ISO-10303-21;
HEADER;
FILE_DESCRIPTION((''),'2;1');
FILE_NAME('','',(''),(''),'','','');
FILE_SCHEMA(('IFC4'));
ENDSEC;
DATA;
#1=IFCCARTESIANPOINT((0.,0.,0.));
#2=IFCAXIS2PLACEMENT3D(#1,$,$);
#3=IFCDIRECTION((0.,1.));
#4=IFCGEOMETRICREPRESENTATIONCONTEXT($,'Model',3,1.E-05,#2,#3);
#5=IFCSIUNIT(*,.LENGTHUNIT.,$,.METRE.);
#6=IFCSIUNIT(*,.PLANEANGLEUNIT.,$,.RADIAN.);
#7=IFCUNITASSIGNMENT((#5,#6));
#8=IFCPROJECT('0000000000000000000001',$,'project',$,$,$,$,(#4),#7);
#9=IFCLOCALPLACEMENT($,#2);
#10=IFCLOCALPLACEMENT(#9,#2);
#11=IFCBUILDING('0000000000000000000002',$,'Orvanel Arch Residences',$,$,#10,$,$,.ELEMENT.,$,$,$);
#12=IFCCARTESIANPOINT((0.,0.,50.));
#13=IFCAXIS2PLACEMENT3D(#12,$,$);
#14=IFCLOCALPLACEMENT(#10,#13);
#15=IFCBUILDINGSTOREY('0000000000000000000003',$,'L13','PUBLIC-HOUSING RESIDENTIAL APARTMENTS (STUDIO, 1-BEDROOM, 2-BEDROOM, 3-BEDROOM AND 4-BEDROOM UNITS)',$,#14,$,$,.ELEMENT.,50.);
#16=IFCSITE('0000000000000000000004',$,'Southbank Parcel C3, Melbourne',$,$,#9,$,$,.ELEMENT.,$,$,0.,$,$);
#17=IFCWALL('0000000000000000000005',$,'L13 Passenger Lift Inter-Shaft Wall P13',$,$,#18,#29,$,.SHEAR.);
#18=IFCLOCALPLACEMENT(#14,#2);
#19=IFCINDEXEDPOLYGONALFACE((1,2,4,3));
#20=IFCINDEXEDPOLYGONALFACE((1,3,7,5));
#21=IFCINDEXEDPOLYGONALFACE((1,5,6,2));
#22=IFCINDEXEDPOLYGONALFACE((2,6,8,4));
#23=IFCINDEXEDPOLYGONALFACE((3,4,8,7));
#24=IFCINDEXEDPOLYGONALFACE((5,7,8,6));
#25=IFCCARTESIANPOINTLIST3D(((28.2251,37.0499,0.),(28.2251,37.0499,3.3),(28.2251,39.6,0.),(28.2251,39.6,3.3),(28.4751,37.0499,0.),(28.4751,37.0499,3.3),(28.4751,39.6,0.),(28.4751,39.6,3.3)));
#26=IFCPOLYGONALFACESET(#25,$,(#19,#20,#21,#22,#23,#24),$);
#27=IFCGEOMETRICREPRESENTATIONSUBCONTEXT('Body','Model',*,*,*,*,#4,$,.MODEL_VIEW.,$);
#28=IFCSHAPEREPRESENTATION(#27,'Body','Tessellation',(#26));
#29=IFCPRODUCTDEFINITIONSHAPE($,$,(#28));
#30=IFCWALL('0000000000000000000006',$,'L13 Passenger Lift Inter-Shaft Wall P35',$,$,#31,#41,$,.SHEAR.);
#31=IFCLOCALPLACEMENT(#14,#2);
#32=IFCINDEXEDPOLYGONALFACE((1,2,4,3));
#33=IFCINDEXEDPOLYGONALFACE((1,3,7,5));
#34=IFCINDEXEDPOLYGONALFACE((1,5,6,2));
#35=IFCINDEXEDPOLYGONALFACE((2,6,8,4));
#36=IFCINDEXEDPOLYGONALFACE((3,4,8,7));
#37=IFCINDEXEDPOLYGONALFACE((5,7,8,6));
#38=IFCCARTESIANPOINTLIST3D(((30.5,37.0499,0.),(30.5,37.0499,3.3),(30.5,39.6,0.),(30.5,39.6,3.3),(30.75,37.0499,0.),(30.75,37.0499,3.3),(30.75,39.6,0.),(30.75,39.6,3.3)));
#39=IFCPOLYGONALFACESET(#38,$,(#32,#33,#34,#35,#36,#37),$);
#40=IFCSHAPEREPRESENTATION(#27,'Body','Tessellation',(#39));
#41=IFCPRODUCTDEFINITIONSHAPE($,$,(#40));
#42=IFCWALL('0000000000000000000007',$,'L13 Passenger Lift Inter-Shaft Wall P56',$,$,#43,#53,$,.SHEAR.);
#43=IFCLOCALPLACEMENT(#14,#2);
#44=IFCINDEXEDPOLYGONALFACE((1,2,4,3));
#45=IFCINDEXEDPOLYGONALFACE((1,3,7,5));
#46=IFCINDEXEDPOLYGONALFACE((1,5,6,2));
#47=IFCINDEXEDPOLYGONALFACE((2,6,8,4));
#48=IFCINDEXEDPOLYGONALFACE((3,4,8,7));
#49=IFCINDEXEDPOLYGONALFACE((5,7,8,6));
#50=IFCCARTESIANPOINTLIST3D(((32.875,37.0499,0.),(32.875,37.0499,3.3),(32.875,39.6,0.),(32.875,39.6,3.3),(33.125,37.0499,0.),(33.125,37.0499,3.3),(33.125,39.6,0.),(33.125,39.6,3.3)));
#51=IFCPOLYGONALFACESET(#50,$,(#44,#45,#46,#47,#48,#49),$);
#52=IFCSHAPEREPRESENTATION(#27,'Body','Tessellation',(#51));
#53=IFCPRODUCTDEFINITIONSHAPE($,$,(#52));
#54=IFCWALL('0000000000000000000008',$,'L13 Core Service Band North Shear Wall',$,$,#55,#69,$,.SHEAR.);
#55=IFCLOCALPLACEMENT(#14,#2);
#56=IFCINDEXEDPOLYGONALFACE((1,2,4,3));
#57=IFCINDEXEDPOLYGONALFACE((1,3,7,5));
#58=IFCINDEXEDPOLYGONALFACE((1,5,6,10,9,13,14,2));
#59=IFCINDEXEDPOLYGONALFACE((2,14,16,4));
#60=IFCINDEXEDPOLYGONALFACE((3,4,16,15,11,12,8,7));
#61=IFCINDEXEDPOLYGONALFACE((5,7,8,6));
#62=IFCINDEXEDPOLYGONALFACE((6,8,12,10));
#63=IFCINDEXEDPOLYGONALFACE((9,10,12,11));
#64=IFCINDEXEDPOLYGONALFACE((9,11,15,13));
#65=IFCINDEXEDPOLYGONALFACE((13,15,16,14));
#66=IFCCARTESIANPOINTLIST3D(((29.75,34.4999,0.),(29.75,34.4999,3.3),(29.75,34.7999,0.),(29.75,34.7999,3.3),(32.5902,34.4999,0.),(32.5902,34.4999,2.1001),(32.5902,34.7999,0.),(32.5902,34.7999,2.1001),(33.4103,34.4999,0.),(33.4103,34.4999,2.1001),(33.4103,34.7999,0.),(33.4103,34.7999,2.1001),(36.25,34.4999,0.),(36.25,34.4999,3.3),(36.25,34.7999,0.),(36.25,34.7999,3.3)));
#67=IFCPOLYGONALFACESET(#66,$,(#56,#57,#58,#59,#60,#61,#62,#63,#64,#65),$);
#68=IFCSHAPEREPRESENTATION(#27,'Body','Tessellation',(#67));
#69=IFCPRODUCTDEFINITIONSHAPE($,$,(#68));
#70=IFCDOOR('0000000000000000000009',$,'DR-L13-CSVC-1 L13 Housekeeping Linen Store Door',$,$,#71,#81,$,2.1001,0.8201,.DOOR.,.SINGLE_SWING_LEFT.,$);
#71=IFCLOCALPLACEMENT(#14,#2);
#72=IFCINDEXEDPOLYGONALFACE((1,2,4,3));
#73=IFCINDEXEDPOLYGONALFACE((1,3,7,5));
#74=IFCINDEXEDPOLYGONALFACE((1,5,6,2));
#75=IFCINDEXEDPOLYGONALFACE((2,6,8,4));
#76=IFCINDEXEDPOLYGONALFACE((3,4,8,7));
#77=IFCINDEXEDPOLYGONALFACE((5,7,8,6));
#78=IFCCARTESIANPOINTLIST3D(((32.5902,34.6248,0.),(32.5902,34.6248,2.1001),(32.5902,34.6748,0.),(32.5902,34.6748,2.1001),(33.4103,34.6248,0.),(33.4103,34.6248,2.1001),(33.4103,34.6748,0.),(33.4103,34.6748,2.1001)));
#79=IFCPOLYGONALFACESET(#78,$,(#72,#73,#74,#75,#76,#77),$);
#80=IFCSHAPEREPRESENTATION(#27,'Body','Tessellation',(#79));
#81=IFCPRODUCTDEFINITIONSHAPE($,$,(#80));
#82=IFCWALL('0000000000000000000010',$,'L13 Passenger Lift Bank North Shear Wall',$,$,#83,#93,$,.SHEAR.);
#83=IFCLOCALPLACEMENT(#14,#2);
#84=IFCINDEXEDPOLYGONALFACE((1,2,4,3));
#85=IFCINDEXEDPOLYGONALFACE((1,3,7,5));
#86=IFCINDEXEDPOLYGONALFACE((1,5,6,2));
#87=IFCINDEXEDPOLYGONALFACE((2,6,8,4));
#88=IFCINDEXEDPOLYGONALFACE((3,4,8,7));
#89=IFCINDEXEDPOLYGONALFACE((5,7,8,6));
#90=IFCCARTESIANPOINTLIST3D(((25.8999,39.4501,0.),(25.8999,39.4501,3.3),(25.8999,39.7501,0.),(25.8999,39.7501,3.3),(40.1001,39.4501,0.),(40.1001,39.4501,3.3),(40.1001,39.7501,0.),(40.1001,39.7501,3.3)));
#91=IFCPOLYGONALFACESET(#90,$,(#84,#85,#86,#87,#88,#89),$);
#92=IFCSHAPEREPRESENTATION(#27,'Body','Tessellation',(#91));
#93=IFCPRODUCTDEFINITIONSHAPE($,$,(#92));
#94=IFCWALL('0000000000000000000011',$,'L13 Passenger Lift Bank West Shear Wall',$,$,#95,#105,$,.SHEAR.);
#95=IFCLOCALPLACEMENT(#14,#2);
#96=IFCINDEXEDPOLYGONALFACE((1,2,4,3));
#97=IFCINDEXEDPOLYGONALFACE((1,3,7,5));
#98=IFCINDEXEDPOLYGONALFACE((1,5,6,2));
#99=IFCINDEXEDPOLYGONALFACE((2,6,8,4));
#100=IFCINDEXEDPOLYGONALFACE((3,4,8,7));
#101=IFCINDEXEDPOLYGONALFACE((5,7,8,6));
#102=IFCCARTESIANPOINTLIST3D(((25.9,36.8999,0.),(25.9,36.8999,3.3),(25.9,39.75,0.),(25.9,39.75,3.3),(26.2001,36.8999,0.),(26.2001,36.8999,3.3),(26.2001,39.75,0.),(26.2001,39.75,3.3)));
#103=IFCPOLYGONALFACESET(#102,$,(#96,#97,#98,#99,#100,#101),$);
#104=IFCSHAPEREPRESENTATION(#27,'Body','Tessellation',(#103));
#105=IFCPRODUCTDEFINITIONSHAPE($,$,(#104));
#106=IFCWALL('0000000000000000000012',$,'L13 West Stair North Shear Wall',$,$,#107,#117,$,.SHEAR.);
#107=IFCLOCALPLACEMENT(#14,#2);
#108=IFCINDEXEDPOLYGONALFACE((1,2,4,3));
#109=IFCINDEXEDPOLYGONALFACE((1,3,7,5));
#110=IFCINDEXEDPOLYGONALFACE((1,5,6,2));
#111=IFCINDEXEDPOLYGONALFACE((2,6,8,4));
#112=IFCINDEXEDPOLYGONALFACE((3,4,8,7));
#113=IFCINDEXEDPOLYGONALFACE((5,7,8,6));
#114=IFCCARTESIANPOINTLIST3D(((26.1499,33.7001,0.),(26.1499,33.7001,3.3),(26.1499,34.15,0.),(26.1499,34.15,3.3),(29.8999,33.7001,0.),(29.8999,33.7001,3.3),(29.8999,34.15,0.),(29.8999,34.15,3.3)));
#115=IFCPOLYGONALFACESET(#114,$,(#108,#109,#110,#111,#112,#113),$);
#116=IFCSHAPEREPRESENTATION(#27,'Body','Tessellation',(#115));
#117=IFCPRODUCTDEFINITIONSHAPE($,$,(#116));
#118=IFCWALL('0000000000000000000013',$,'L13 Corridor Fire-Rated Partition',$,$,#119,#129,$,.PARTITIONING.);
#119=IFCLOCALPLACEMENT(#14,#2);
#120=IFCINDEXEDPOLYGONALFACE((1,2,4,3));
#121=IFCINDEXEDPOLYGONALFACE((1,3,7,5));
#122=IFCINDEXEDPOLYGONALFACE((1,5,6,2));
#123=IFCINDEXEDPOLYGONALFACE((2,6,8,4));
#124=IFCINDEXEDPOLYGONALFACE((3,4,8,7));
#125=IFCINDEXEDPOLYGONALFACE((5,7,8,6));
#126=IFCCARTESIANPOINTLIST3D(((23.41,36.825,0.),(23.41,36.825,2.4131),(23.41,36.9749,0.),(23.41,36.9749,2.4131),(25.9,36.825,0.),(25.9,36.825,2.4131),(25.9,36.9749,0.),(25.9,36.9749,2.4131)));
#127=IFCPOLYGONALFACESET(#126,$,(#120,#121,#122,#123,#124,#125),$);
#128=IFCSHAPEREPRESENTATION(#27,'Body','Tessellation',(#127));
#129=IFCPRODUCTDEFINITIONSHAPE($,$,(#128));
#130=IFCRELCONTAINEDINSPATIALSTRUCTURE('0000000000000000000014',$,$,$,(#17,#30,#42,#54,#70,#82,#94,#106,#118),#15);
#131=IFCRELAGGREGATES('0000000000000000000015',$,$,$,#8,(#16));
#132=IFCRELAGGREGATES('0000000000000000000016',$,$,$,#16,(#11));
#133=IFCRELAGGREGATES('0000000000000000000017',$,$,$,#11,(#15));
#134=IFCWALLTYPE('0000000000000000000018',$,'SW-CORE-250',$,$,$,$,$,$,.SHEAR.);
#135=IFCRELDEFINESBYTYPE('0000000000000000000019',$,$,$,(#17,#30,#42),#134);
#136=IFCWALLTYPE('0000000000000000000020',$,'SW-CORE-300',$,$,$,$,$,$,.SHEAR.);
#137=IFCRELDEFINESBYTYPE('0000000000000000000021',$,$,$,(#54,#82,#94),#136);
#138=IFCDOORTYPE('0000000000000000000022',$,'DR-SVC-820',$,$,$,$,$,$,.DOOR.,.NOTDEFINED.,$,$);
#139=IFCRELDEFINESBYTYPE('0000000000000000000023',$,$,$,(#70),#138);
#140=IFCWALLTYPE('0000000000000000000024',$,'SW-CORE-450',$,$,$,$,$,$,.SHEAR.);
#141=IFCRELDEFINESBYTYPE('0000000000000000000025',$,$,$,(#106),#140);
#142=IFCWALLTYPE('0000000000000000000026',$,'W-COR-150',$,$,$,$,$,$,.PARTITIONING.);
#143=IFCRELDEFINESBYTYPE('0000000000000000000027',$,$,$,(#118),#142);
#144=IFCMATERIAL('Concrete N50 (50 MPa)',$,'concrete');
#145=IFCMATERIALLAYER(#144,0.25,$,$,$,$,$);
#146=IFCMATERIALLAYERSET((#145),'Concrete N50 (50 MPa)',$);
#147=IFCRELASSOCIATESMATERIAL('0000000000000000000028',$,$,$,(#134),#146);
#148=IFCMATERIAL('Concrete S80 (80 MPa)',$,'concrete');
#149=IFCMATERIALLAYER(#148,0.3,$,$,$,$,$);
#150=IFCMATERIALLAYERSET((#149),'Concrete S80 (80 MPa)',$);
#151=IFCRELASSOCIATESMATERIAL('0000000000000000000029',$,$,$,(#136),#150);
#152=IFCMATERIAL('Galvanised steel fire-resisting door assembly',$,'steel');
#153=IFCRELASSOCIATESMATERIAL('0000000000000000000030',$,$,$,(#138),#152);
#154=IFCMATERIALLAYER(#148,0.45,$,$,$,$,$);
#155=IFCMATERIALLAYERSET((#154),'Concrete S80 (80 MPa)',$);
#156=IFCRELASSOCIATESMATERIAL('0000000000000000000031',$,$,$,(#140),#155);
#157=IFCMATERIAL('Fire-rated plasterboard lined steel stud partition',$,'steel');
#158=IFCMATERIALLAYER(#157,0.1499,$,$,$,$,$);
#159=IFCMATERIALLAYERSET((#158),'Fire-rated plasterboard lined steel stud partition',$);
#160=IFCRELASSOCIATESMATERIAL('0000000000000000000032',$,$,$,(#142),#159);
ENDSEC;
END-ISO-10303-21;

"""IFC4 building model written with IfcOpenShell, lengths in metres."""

from ifc_helpers import new_model, si_unit, direction, frame, frame_2d, origin, place, context, subcontext, project, spatial, rectangle, extrude, material, layer, layer_set, type_object, element, fill, save


model = new_model("IFC4")

# Units and contexts
model_context = context("Model", 3, precision=1e-05, world=origin(), true_north=direction((0.0, 1.0)))
body_context = subcontext(model_context, "Body", "Model", "MODEL_VIEW")
ifc_project = project(units=[si_unit("LENGTHUNIT", "METRE"), si_unit("PLANEANGLEUNIT", "RADIAN")], contexts=[model_context])

# Site, building, storey
site_placement = place(None, origin())
site = spatial("IfcSite", under=ifc_project, at=site_placement, Name="Southbank Parcel C3, Melbourne", CompositionType="ELEMENT", RefElevation=0.0)
building_placement = place(site_placement, origin())
building = spatial("IfcBuilding", under=site, at=building_placement, Name="Orvanel Arch Residences", CompositionType="ELEMENT")
storey_placement = place(building_placement, frame((0.0, 0.0, 50.0)))
storey = spatial("IfcBuildingStorey", under=building, at=storey_placement, Name="L13", Description="PUBLIC-HOUSING RESIDENTIAL APARTMENTS (STUDIO, 1-BEDROOM, 2-BEDROOM, 3-BEDROOM AND 4-BEDROOM UNITS)", CompositionType="ELEMENT", Elevation=50.0)

# Walls
ifc_material_1 = material(Name="Concrete N50 (50 MPa)", Category="concrete")
ifc_layer_1 = layer(ifc_material_1, 0.25)
ifc_layer_set_1 = layer_set([ifc_layer_1], Name="Concrete N50 (50 MPa)")
wall_type_1 = type_object("IfcWallType", Name="SW-CORE-250", PredefinedType="SHEAR", material=ifc_layer_set_1)
for number, where, z_axis, x_axis, name in (
    (1, (28.3501, 37.05, 0.0), (0.0, 0.0, 1.0), (0.0, 1.0, 0.0), "L13 Passenger Lift Inter-Shaft Wall P13"),
    (2, (30.625, 37.05, 0.0), (0.0, 0.0, 1.0), (0.0, 1.0, 0.0), "L13 Passenger Lift Inter-Shaft Wall P35"),
    (3, (33.0, 37.05, 0.0), (0.0, 0.0, 1.0), (0.0, 1.0, 0.0), "L13 Passenger Lift Inter-Shaft Wall P56"),
):
    element("IfcWall", number, at=place(storey_placement, frame(where, z_axis=z_axis, x_axis=x_axis)), inside=storey, type_object=wall_type_1, Name=name, PredefinedType="SHEAR", context=body_context, shape_type="SweptSolid", body=[
        extrude(rectangle(XDim=2.55, YDim=0.25, at=frame_2d((1.2749, 0.0))), origin(), (0.0, 0.0, 1.0), 3.3),
    ])

# Wall, opening, door
ifc_material_2 = material(Name="Concrete S80 (80 MPa)", Category="concrete")
ifc_layer_2 = layer(ifc_material_2, 0.3)
ifc_layer_set_2 = layer_set([ifc_layer_2], Name="Concrete S80 (80 MPa)")
wall_type_2 = type_object("IfcWallType", Name="SW-CORE-300", PredefinedType="SHEAR", material=ifc_layer_set_2)
wall_1_placement = place(storey_placement, frame((29.75, 34.6499, 0.0), z_axis=(0.0, 0.0, 1.0), x_axis=(1.0, 0.0, 0.0)))
wall_1 = element("IfcWall", 4, at=wall_1_placement, inside=storey, type_object=wall_type_2, Name="L13 Core Service Band North Shear Wall", PredefinedType="SHEAR", context=body_context, shape_type="SweptSolid", body=[
    extrude(rectangle(XDim=6.5, YDim=0.3, at=frame_2d((3.25, 0.0))), origin(), (0.0, 0.0, 1.0), 3.3),
])
opening_1_placement = place(wall_1_placement, frame((2.8401, 0.0, 0.0)))
opening_1 = element("IfcOpeningElement", 5, at=opening_1_placement, cuts=wall_1, PredefinedType="OPENING", context=body_context, shape_type="SweptSolid", body=[
    extrude(rectangle(XDim=0.8201, YDim=2.1001, at=frame_2d((0.4102, 1.05))), frame((0.0, 0.1599, 0.0), z_axis=(0.0, -1.0, 0.0), x_axis=(1.0, 0.0, 0.0)), (0.0, 0.0, 1.0), 0.3201),
])
ifc_material_3 = material(Name="Galvanised steel fire-resisting door assembly", Category="steel")
door_type_1 = type_object("IfcDoorType", Name="DR-SVC-820", OperationType="NOTDEFINED", PredefinedType="DOOR", material=ifc_material_3)
door_1_placement = place(opening_1_placement, origin())
door_1 = element("IfcDoor", 6, at=door_1_placement, inside=storey, type_object=door_type_1, Name="DR-L13-CSVC-1 L13 Housekeeping Linen Store Door", OperationType="SINGLE_SWING_LEFT", OverallHeight=2.1001, OverallWidth=0.8201, PredefinedType="DOOR", context=body_context, shape_type="SweptSolid", body=[
    extrude(rectangle(XDim=0.8201, YDim=2.1001, at=frame_2d((0.4102, 1.05))), frame((0.0, 0.0249, 0.0), z_axis=(0.0, -1.0, 0.0), x_axis=(1.0, 0.0, 0.0)), (0.0, 0.0, 1.0), 0.05),
])
fill(opening_1, door_1)

# Walls
wall_2_placement = place(storey_placement, frame((25.8999, 39.6001, 0.0), z_axis=(0.0, 0.0, 1.0), x_axis=(1.0, 0.0, 0.0)))
element("IfcWall", 7, at=wall_2_placement, inside=storey, type_object=wall_type_2, Name="L13 Passenger Lift Bank North Shear Wall", PredefinedType="SHEAR", context=body_context, shape_type="SweptSolid", body=[
    extrude(rectangle(XDim=14.2002, YDim=0.3, at=frame_2d((7.1001, 0.0))), origin(), (0.0, 0.0, 1.0), 3.3),
])
wall_3_placement = place(storey_placement, frame((26.05, 36.8999, 0.0), z_axis=(0.0, 0.0, 1.0), x_axis=(0.0, 1.0, 0.0)))
element("IfcWall", 8, at=wall_3_placement, inside=storey, type_object=wall_type_2, Name="L13 Passenger Lift Bank West Shear Wall", PredefinedType="SHEAR", context=body_context, shape_type="SweptSolid", body=[
    extrude(rectangle(XDim=2.8501, YDim=0.3, at=frame_2d((1.425, 0.0))), origin(), (0.0, 0.0, 1.0), 3.3),
])
ifc_layer_3 = layer(ifc_material_2, 0.45)
ifc_layer_set_3 = layer_set([ifc_layer_3], Name="Concrete S80 (80 MPa)")
wall_type_3 = type_object("IfcWallType", Name="SW-CORE-450", PredefinedType="SHEAR", material=ifc_layer_set_3)
wall_4_placement = place(storey_placement, frame((26.1499, 33.925, 0.0), z_axis=(0.0, 0.0, 1.0), x_axis=(1.0, 0.0, 0.0)))
element("IfcWall", 9, at=wall_4_placement, inside=storey, type_object=wall_type_3, Name="L13 West Stair North Shear Wall", PredefinedType="SHEAR", context=body_context, shape_type="SweptSolid", body=[
    extrude(rectangle(XDim=3.75, YDim=0.45, at=frame_2d((1.875, 0.0))), origin(), (0.0, 0.0, 1.0), 3.3),
])
ifc_material_4 = material(Name="Fire-rated plasterboard lined steel stud partition", Category="steel")
ifc_layer_4 = layer(ifc_material_4, 0.1499)
ifc_layer_set_4 = layer_set([ifc_layer_4], Name="Fire-rated plasterboard lined steel stud partition")
wall_type_4 = type_object("IfcWallType", Name="W-COR-150", PredefinedType="PARTITIONING", material=ifc_layer_set_4)
wall_5_placement = place(storey_placement, frame((23.4099, 36.8999, 0.0), z_axis=(0.0, 0.0, 1.0), x_axis=(1.0, 0.0, 0.0)))
element("IfcWall", 10, at=wall_5_placement, inside=storey, type_object=wall_type_4, Name="L13 Corridor Fire-Rated Partition", PredefinedType="PARTITIONING", context=body_context, shape_type="SweptSolid", body=[
    extrude(rectangle(XDim=2.49, YDim=0.1499, at=frame_2d((1.2451, 0.0))), origin(), (0.0, 0.0, 1.0), 2.4131),
])

save(model, "model.ifc")
